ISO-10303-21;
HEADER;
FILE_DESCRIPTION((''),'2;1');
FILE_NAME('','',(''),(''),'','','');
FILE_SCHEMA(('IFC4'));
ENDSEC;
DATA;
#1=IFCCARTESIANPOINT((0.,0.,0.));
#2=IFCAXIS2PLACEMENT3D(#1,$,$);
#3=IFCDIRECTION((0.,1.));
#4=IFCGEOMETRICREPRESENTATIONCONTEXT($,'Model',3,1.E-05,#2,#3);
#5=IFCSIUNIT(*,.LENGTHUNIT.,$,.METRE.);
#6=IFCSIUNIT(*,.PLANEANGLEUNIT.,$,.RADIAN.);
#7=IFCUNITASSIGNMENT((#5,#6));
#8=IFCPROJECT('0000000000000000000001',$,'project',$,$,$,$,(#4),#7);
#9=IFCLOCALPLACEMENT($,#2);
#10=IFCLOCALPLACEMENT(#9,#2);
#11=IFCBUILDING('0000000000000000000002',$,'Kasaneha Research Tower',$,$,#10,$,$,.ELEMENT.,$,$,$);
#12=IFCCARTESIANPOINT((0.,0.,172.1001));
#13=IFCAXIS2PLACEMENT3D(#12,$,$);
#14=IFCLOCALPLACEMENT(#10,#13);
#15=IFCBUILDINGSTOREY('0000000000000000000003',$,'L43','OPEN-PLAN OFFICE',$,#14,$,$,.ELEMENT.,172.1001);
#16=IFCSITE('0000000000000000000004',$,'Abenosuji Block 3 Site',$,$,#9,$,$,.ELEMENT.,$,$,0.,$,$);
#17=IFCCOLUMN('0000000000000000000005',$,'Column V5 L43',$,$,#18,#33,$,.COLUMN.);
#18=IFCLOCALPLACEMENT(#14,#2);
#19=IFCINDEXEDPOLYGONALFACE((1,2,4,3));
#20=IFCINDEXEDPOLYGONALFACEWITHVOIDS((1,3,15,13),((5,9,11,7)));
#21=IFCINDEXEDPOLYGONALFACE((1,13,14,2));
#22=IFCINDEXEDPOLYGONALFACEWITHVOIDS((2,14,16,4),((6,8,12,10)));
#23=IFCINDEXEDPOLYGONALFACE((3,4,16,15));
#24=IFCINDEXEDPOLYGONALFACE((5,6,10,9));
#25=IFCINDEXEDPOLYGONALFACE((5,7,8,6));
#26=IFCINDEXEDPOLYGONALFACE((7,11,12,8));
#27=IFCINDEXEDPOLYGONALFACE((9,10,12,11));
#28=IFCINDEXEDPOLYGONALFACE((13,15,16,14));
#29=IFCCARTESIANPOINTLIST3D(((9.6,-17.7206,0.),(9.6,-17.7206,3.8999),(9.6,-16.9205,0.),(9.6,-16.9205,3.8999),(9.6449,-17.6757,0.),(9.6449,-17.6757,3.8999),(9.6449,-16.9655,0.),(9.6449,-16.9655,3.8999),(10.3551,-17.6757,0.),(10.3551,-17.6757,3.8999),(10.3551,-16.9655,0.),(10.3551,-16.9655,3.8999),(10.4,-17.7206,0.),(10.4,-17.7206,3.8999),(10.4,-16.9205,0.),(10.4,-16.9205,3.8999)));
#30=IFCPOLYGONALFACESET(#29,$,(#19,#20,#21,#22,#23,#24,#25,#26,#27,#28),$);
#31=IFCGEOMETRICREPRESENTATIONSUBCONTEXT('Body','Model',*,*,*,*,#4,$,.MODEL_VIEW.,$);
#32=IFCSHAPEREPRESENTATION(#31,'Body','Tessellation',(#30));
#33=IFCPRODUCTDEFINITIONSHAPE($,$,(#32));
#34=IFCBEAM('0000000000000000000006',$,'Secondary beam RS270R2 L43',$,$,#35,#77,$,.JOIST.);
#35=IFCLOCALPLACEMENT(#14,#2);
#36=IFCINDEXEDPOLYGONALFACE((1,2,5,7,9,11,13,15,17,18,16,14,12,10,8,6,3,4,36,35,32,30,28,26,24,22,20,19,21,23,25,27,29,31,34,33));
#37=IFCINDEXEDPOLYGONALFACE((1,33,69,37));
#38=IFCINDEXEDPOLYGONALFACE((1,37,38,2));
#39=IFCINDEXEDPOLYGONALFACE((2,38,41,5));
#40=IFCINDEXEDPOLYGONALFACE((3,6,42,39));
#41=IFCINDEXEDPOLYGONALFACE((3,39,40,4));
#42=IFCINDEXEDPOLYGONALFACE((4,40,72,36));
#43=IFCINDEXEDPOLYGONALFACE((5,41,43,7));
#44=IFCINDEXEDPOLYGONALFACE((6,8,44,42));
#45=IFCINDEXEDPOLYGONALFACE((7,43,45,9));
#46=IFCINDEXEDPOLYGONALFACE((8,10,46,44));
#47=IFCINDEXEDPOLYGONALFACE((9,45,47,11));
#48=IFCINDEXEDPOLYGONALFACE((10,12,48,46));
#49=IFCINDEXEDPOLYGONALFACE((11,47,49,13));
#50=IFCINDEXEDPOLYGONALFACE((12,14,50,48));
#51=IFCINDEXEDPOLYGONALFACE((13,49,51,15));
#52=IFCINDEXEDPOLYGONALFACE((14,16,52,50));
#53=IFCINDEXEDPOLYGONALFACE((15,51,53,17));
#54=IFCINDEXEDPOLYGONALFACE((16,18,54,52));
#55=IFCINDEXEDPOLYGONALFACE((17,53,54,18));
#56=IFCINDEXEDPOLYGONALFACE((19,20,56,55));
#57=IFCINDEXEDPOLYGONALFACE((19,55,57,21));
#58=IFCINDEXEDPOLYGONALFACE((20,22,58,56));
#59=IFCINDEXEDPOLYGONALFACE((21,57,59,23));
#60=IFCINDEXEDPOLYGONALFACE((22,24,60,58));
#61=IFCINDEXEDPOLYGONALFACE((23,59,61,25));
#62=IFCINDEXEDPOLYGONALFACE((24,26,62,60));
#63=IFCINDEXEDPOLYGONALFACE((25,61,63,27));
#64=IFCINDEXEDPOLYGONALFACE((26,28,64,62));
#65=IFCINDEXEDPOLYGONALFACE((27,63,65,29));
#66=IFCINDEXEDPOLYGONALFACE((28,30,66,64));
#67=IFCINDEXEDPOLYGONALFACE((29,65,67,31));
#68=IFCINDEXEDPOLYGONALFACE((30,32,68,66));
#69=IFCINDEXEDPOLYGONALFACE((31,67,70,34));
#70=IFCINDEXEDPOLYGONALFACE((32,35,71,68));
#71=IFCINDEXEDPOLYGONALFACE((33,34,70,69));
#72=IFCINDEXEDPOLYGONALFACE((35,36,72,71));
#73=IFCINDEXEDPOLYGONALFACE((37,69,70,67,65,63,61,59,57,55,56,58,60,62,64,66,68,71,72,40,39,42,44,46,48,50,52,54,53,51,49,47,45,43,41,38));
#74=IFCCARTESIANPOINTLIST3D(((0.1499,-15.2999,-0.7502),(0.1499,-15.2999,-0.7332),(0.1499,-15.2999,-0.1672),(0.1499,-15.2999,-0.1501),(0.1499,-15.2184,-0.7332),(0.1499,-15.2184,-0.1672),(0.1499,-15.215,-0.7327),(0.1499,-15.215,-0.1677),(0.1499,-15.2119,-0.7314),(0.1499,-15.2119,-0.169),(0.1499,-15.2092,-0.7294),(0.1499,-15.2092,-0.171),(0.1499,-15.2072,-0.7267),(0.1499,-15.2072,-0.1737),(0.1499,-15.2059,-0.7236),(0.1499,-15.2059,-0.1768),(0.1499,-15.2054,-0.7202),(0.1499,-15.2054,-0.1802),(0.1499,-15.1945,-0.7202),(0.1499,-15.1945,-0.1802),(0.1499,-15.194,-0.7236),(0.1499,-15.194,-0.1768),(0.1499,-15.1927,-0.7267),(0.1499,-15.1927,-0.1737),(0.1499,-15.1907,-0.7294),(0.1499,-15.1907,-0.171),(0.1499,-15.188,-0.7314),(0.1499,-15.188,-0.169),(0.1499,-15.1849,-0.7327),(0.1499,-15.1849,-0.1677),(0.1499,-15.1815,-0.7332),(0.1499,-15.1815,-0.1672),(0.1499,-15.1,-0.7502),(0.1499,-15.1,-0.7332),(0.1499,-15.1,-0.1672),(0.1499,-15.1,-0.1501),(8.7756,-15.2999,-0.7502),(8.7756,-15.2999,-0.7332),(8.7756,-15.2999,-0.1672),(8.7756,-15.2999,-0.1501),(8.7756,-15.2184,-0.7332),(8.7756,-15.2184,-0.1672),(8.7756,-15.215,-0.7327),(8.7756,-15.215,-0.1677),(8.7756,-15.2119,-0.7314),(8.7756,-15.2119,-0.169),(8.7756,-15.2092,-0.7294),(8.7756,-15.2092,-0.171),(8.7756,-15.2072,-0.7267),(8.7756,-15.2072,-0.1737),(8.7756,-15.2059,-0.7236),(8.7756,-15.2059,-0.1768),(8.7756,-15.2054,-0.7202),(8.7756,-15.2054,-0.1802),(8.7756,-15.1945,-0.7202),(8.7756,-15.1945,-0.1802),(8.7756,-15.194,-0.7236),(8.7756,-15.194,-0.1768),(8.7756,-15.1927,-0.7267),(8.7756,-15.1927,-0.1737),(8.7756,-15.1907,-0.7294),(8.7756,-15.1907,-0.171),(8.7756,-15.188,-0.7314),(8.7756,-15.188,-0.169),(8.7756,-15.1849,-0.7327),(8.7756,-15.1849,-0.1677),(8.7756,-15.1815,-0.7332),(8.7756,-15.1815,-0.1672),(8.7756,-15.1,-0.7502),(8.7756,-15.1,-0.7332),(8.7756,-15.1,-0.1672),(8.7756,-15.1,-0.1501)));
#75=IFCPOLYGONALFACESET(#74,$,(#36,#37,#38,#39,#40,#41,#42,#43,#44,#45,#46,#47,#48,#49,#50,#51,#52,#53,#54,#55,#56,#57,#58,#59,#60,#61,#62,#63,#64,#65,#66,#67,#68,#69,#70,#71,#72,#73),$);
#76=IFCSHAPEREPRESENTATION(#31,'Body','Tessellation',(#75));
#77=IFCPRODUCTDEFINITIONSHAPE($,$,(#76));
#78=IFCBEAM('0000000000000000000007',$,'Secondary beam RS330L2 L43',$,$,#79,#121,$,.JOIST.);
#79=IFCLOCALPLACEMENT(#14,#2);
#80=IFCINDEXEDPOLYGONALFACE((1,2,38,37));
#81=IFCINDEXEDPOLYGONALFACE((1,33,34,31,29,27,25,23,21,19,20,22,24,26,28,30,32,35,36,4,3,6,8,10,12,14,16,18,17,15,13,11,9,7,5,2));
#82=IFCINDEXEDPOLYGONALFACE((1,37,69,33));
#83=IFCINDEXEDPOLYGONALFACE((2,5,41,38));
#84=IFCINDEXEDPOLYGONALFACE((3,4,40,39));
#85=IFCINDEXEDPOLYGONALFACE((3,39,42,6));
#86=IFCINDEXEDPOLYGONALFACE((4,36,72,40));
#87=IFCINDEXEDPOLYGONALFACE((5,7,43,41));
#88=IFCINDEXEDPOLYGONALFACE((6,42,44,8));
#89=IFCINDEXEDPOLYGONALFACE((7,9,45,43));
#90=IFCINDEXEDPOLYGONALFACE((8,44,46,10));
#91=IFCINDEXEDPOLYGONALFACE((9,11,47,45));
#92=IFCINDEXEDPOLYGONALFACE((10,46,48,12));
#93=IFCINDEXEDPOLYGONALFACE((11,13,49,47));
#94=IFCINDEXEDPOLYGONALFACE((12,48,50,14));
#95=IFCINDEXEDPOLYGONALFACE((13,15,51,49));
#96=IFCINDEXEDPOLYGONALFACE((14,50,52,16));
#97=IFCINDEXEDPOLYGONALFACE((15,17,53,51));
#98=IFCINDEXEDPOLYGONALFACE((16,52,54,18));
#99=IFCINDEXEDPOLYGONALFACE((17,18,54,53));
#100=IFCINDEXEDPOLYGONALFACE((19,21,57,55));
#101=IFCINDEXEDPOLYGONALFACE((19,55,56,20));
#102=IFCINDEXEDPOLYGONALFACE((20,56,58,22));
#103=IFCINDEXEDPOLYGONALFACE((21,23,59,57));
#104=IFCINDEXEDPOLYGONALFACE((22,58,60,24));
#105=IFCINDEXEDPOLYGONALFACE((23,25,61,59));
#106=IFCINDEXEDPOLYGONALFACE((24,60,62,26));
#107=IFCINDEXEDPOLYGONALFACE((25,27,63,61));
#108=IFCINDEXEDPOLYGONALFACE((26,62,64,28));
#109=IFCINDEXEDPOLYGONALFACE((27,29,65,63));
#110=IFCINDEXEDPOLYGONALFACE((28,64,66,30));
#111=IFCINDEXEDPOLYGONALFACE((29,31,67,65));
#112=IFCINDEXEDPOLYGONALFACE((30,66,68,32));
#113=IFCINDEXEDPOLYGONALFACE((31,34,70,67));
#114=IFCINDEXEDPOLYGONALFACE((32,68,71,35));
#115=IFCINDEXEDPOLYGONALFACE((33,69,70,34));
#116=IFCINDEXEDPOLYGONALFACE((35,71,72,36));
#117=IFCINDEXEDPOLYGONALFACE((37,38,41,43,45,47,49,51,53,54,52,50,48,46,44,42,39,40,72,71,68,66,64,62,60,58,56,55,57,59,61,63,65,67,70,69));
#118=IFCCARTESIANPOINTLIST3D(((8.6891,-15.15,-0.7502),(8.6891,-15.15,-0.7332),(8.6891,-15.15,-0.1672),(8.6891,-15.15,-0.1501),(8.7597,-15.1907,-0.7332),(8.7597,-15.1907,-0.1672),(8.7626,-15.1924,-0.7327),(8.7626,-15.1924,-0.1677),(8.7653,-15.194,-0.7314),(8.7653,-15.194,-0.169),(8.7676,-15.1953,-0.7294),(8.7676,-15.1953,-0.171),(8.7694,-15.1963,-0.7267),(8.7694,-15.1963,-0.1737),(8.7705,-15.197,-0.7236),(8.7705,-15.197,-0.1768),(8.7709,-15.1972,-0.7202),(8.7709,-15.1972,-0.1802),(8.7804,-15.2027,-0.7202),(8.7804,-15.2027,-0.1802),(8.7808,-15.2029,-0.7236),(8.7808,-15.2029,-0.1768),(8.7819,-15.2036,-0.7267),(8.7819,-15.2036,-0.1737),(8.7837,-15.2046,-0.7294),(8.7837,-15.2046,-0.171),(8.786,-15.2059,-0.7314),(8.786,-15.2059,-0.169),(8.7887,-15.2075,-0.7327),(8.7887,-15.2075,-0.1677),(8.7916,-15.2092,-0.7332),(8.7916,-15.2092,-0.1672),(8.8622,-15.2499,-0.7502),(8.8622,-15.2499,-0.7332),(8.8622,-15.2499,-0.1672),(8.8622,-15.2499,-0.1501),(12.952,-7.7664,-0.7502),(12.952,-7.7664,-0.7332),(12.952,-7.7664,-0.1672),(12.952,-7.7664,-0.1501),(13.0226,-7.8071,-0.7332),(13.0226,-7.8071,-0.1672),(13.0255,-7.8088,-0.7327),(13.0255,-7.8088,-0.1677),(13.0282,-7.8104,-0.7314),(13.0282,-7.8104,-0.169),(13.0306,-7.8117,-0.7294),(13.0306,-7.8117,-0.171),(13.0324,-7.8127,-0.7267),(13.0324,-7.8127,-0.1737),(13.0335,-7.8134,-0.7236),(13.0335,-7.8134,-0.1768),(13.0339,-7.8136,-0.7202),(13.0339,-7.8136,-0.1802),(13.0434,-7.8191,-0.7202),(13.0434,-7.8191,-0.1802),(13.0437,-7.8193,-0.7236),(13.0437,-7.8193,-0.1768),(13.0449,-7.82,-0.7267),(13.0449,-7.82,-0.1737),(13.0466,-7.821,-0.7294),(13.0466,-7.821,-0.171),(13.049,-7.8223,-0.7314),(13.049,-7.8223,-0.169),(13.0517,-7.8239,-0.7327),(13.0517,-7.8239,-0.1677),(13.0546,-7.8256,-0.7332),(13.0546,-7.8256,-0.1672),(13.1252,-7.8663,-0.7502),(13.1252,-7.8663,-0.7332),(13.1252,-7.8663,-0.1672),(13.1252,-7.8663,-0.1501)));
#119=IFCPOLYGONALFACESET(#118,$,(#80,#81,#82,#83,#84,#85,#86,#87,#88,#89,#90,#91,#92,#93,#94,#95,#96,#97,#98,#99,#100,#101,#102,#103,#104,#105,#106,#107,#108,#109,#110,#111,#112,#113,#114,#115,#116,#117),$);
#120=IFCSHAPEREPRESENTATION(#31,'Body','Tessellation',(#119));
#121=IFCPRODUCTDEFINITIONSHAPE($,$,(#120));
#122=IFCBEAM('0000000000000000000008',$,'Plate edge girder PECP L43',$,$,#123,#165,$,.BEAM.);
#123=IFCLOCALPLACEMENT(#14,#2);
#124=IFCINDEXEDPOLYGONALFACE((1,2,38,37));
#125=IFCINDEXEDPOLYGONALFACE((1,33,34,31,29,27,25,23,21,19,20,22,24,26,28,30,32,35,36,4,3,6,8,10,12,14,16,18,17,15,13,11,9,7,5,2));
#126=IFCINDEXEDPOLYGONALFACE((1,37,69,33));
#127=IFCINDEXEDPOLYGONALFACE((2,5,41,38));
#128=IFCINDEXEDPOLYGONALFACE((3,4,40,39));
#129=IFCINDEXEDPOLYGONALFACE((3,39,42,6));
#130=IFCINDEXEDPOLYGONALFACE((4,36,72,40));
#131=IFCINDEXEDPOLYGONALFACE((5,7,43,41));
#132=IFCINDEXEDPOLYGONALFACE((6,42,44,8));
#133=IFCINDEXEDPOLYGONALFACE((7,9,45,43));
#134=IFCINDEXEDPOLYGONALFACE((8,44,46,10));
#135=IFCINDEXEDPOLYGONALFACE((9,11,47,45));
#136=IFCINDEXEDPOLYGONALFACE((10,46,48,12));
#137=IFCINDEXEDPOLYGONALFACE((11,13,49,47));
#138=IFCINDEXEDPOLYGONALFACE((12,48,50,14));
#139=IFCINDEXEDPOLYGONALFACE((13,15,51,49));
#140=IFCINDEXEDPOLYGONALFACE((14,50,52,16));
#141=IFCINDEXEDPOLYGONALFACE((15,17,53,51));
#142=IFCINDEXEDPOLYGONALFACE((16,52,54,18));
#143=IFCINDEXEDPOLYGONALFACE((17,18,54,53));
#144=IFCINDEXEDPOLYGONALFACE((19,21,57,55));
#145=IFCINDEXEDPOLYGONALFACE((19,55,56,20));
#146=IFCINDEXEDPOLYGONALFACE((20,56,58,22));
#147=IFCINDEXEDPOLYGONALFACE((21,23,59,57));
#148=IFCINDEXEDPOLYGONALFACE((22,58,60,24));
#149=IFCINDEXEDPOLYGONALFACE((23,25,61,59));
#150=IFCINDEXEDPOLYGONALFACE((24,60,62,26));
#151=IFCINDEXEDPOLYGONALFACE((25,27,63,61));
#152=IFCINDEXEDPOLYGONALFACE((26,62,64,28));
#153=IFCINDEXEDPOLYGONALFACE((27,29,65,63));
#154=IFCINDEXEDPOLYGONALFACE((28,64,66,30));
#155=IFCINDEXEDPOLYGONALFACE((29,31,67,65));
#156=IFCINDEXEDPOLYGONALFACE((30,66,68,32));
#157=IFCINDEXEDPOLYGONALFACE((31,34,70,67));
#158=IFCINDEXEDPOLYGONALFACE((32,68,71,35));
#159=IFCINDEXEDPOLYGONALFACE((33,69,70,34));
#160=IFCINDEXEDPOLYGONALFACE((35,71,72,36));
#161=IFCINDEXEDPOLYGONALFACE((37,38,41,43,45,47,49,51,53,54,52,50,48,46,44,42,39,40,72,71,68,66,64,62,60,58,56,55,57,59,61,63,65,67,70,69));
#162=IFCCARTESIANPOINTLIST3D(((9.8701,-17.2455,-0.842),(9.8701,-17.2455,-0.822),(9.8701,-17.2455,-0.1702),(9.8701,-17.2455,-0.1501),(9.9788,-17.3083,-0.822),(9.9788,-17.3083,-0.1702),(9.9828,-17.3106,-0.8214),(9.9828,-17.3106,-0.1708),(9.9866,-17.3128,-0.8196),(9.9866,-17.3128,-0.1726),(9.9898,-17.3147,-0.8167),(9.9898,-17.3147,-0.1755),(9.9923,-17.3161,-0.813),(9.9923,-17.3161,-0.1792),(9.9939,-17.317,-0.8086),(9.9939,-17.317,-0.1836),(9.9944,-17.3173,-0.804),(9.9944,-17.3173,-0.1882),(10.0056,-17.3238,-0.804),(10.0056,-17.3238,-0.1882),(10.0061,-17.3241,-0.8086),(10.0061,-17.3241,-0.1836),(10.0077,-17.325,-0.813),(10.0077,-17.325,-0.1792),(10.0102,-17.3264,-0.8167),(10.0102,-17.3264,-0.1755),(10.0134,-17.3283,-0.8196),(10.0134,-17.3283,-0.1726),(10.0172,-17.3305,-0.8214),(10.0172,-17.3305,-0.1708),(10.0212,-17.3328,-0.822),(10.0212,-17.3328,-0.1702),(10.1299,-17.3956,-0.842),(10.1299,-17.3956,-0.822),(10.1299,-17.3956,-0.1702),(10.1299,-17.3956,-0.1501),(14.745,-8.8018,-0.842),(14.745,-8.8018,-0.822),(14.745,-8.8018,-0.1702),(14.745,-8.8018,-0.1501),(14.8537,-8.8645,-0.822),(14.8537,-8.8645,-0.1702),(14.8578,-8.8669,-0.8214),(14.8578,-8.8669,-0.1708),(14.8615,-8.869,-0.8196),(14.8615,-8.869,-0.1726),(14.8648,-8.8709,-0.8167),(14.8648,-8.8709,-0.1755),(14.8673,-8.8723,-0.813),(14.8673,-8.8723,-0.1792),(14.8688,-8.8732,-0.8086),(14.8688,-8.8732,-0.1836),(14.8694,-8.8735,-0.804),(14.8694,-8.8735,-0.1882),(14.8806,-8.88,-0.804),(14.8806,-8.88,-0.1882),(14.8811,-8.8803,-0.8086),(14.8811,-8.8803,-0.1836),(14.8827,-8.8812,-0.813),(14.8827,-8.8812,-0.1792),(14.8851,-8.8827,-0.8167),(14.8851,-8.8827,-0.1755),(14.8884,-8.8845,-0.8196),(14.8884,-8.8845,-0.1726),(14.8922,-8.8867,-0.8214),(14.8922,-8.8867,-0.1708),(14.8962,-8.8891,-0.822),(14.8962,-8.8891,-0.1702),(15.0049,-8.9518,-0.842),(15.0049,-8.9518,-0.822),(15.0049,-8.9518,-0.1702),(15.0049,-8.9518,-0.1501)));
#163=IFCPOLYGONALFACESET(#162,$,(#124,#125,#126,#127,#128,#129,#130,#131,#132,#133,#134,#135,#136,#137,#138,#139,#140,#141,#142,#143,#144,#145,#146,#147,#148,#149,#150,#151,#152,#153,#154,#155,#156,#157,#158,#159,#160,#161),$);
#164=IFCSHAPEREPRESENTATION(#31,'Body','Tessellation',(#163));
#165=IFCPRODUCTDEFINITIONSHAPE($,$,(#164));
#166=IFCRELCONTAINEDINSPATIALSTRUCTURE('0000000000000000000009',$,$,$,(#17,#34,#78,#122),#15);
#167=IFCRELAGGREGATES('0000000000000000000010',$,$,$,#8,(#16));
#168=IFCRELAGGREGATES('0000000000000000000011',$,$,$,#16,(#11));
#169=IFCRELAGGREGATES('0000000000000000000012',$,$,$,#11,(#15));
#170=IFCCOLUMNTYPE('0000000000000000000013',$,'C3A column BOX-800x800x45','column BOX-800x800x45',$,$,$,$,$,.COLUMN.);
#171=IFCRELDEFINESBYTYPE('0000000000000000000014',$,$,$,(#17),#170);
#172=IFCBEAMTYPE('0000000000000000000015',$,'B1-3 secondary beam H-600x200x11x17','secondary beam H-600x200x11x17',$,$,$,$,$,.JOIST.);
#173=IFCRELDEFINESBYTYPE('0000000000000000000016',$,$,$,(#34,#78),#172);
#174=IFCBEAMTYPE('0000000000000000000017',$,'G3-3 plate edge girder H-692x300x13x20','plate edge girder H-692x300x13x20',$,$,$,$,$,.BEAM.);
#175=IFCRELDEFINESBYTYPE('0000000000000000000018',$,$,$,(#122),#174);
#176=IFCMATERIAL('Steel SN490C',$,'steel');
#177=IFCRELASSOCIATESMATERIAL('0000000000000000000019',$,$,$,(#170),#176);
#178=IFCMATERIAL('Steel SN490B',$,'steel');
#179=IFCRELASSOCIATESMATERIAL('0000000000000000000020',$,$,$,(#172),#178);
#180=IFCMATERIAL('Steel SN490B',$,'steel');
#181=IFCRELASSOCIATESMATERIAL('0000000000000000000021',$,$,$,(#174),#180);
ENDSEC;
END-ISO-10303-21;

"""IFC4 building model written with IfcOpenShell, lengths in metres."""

from ifc_helpers import new_model, si_unit, direction, frame, origin, origin_2d, place, context, subcontext, project, spatial, hollow_rectangle, i_section, extrude, material, material_profile, profile_set, type_object, element, save


model = new_model("IFC4")

# Units and contexts
model_context = context("Model", 3, precision=1e-05, world=origin(), true_north=direction((0.0, 1.0)))
body_context = subcontext(model_context, "Body", "Model", "MODEL_VIEW")
ifc_project = project(units=[si_unit("LENGTHUNIT", "METRE"), si_unit("PLANEANGLEUNIT", "RADIAN")], contexts=[model_context])

# Site, building, storey
site_placement = place(None, origin())
site = spatial("IfcSite", under=ifc_project, at=site_placement, Name="Abenosuji Block 3 Site", CompositionType="ELEMENT", RefElevation=0.0)
building_placement = place(site_placement, origin())
building = spatial("IfcBuilding", under=site, at=building_placement, Name="Kasaneha Research Tower", CompositionType="ELEMENT")
storey_placement = place(building_placement, frame((0.0, 0.0, 172.1001)))
storey = spatial("IfcBuildingStorey", under=building, at=storey_placement, Name="L43", Description="OPEN-PLAN OFFICE", CompositionType="ELEMENT", Elevation=172.1001)

# Column
ifc_material_1 = material(Name="Steel SN490C", Category="steel")
ifc_material_profile_1 = material_profile(ifc_material_1, hollow_rectangle(XDim=0.8, YDim=0.8, WallThickness=0.0449, at=origin_2d()), Name="BOX-800x800x45")
ifc_profile_set_1 = profile_set([ifc_material_profile_1], Name="Steel SN490C")
column_type = type_object("IfcColumnType", Name="C3A column BOX-800x800x45", Description="column BOX-800x800x45", PredefinedType="COLUMN", material=ifc_profile_set_1)
column_placement = place(storey_placement, frame((10.0, -17.3206, 0.0), z_axis=(0.0, 0.0, 1.0), x_axis=(1.0, 0.0, 0.0)))
element("IfcColumn", 1, at=column_placement, inside=storey, type_object=column_type, Name="Column V5 L43", PredefinedType="COLUMN", context=body_context, shape_type="SweptSolid", body=[
    extrude(hollow_rectangle(XDim=0.8, YDim=0.8, WallThickness=0.0449, at=origin_2d()), origin(), (0.0, 0.0, 1.0), 3.8999),
])

# Beams
ifc_material_2 = material(Name="Steel SN490B", Category="steel")
ifc_material_profile_2 = material_profile(ifc_material_2, i_section(OverallWidth=0.2, OverallDepth=0.6001, WebThickness=0.011, FlangeThickness=0.0171, FilletRadius=0.0129, at=origin_2d()), Name="H-600x200x11x17")
ifc_profile_set_2 = profile_set([ifc_material_profile_2], Name="Steel SN490B")
beam_type_1 = type_object("IfcBeamType", Name="B1-3 secondary beam H-600x200x11x17", Description="secondary beam H-600x200x11x17", PredefinedType="JOIST", material=ifc_profile_set_2)
beam_1_placement = place(storey_placement, frame((8.7756, -15.2, -0.4502), z_axis=(-1.0, 0.0, 0.0), x_axis=(0.0, -1.0, 0.0)))
element("IfcBeam", 2, at=beam_1_placement, inside=storey, type_object=beam_type_1, Name="Secondary beam RS270R2 L43", PredefinedType="JOIST", context=body_context, shape_type="SweptSolid", body=[
    extrude(i_section(OverallWidth=0.2, OverallDepth=0.6001, WebThickness=0.011, FlangeThickness=0.0171, FilletRadius=0.0129, at=origin_2d()), origin(), (0.0, 0.0, 1.0), 8.6257),
])
beam_2_placement = place(storey_placement, frame((8.7756, -15.2, -0.4502), z_axis=(0.500004, 0.866023, 0.0), x_axis=(-0.866023, 0.500004, 0.0)))
element("IfcBeam", 3, at=beam_2_placement, inside=storey, type_object=beam_type_1, Name="Secondary beam RS330L2 L43", PredefinedType="JOIST", context=body_context, shape_type="SweptSolid", body=[
    extrude(i_section(OverallWidth=0.2, OverallDepth=0.6001, WebThickness=0.011, FlangeThickness=0.0171, FilletRadius=0.0129, at=origin_2d()), origin(), (0.0, 0.0, 1.0), 8.5259),
])
ifc_material_3 = material(Name="Steel SN490B", Category="steel")
ifc_material_profile_3 = material_profile(ifc_material_3, i_section(OverallWidth=0.3, OverallDepth=0.6919, WebThickness=0.0129, FlangeThickness=0.02, FilletRadius=0.0181, at=origin_2d()), Name="H-692x300x13x20")
ifc_profile_set_3 = profile_set([ifc_material_profile_3], Name="Steel SN490B")
beam_type_2 = type_object("IfcBeamType", Name="G3-3 plate edge girder H-692x300x13x20", Description="plate edge girder H-692x300x13x20", PredefinedType="BEAM", material=ifc_profile_set_3)
beam_3_placement = place(storey_placement, frame((10.0, -17.3206, -0.4961), z_axis=(0.499996, 0.866028, 0.0), x_axis=(-0.866028, 0.499996, 0.0)))
element("IfcBeam", 4, at=beam_3_placement, inside=storey, type_object=beam_type_2, Name="Plate edge girder PECP L43", PredefinedType="BEAM", context=body_context, shape_type="SweptSolid", body=[
    extrude(i_section(OverallWidth=0.3, OverallDepth=0.6919, WebThickness=0.0129, FlangeThickness=0.02, FilletRadius=0.0181, at=origin_2d()), origin(), (0.0, 0.0, 1.0), 9.75),
])

save(model, "model.ifc")
